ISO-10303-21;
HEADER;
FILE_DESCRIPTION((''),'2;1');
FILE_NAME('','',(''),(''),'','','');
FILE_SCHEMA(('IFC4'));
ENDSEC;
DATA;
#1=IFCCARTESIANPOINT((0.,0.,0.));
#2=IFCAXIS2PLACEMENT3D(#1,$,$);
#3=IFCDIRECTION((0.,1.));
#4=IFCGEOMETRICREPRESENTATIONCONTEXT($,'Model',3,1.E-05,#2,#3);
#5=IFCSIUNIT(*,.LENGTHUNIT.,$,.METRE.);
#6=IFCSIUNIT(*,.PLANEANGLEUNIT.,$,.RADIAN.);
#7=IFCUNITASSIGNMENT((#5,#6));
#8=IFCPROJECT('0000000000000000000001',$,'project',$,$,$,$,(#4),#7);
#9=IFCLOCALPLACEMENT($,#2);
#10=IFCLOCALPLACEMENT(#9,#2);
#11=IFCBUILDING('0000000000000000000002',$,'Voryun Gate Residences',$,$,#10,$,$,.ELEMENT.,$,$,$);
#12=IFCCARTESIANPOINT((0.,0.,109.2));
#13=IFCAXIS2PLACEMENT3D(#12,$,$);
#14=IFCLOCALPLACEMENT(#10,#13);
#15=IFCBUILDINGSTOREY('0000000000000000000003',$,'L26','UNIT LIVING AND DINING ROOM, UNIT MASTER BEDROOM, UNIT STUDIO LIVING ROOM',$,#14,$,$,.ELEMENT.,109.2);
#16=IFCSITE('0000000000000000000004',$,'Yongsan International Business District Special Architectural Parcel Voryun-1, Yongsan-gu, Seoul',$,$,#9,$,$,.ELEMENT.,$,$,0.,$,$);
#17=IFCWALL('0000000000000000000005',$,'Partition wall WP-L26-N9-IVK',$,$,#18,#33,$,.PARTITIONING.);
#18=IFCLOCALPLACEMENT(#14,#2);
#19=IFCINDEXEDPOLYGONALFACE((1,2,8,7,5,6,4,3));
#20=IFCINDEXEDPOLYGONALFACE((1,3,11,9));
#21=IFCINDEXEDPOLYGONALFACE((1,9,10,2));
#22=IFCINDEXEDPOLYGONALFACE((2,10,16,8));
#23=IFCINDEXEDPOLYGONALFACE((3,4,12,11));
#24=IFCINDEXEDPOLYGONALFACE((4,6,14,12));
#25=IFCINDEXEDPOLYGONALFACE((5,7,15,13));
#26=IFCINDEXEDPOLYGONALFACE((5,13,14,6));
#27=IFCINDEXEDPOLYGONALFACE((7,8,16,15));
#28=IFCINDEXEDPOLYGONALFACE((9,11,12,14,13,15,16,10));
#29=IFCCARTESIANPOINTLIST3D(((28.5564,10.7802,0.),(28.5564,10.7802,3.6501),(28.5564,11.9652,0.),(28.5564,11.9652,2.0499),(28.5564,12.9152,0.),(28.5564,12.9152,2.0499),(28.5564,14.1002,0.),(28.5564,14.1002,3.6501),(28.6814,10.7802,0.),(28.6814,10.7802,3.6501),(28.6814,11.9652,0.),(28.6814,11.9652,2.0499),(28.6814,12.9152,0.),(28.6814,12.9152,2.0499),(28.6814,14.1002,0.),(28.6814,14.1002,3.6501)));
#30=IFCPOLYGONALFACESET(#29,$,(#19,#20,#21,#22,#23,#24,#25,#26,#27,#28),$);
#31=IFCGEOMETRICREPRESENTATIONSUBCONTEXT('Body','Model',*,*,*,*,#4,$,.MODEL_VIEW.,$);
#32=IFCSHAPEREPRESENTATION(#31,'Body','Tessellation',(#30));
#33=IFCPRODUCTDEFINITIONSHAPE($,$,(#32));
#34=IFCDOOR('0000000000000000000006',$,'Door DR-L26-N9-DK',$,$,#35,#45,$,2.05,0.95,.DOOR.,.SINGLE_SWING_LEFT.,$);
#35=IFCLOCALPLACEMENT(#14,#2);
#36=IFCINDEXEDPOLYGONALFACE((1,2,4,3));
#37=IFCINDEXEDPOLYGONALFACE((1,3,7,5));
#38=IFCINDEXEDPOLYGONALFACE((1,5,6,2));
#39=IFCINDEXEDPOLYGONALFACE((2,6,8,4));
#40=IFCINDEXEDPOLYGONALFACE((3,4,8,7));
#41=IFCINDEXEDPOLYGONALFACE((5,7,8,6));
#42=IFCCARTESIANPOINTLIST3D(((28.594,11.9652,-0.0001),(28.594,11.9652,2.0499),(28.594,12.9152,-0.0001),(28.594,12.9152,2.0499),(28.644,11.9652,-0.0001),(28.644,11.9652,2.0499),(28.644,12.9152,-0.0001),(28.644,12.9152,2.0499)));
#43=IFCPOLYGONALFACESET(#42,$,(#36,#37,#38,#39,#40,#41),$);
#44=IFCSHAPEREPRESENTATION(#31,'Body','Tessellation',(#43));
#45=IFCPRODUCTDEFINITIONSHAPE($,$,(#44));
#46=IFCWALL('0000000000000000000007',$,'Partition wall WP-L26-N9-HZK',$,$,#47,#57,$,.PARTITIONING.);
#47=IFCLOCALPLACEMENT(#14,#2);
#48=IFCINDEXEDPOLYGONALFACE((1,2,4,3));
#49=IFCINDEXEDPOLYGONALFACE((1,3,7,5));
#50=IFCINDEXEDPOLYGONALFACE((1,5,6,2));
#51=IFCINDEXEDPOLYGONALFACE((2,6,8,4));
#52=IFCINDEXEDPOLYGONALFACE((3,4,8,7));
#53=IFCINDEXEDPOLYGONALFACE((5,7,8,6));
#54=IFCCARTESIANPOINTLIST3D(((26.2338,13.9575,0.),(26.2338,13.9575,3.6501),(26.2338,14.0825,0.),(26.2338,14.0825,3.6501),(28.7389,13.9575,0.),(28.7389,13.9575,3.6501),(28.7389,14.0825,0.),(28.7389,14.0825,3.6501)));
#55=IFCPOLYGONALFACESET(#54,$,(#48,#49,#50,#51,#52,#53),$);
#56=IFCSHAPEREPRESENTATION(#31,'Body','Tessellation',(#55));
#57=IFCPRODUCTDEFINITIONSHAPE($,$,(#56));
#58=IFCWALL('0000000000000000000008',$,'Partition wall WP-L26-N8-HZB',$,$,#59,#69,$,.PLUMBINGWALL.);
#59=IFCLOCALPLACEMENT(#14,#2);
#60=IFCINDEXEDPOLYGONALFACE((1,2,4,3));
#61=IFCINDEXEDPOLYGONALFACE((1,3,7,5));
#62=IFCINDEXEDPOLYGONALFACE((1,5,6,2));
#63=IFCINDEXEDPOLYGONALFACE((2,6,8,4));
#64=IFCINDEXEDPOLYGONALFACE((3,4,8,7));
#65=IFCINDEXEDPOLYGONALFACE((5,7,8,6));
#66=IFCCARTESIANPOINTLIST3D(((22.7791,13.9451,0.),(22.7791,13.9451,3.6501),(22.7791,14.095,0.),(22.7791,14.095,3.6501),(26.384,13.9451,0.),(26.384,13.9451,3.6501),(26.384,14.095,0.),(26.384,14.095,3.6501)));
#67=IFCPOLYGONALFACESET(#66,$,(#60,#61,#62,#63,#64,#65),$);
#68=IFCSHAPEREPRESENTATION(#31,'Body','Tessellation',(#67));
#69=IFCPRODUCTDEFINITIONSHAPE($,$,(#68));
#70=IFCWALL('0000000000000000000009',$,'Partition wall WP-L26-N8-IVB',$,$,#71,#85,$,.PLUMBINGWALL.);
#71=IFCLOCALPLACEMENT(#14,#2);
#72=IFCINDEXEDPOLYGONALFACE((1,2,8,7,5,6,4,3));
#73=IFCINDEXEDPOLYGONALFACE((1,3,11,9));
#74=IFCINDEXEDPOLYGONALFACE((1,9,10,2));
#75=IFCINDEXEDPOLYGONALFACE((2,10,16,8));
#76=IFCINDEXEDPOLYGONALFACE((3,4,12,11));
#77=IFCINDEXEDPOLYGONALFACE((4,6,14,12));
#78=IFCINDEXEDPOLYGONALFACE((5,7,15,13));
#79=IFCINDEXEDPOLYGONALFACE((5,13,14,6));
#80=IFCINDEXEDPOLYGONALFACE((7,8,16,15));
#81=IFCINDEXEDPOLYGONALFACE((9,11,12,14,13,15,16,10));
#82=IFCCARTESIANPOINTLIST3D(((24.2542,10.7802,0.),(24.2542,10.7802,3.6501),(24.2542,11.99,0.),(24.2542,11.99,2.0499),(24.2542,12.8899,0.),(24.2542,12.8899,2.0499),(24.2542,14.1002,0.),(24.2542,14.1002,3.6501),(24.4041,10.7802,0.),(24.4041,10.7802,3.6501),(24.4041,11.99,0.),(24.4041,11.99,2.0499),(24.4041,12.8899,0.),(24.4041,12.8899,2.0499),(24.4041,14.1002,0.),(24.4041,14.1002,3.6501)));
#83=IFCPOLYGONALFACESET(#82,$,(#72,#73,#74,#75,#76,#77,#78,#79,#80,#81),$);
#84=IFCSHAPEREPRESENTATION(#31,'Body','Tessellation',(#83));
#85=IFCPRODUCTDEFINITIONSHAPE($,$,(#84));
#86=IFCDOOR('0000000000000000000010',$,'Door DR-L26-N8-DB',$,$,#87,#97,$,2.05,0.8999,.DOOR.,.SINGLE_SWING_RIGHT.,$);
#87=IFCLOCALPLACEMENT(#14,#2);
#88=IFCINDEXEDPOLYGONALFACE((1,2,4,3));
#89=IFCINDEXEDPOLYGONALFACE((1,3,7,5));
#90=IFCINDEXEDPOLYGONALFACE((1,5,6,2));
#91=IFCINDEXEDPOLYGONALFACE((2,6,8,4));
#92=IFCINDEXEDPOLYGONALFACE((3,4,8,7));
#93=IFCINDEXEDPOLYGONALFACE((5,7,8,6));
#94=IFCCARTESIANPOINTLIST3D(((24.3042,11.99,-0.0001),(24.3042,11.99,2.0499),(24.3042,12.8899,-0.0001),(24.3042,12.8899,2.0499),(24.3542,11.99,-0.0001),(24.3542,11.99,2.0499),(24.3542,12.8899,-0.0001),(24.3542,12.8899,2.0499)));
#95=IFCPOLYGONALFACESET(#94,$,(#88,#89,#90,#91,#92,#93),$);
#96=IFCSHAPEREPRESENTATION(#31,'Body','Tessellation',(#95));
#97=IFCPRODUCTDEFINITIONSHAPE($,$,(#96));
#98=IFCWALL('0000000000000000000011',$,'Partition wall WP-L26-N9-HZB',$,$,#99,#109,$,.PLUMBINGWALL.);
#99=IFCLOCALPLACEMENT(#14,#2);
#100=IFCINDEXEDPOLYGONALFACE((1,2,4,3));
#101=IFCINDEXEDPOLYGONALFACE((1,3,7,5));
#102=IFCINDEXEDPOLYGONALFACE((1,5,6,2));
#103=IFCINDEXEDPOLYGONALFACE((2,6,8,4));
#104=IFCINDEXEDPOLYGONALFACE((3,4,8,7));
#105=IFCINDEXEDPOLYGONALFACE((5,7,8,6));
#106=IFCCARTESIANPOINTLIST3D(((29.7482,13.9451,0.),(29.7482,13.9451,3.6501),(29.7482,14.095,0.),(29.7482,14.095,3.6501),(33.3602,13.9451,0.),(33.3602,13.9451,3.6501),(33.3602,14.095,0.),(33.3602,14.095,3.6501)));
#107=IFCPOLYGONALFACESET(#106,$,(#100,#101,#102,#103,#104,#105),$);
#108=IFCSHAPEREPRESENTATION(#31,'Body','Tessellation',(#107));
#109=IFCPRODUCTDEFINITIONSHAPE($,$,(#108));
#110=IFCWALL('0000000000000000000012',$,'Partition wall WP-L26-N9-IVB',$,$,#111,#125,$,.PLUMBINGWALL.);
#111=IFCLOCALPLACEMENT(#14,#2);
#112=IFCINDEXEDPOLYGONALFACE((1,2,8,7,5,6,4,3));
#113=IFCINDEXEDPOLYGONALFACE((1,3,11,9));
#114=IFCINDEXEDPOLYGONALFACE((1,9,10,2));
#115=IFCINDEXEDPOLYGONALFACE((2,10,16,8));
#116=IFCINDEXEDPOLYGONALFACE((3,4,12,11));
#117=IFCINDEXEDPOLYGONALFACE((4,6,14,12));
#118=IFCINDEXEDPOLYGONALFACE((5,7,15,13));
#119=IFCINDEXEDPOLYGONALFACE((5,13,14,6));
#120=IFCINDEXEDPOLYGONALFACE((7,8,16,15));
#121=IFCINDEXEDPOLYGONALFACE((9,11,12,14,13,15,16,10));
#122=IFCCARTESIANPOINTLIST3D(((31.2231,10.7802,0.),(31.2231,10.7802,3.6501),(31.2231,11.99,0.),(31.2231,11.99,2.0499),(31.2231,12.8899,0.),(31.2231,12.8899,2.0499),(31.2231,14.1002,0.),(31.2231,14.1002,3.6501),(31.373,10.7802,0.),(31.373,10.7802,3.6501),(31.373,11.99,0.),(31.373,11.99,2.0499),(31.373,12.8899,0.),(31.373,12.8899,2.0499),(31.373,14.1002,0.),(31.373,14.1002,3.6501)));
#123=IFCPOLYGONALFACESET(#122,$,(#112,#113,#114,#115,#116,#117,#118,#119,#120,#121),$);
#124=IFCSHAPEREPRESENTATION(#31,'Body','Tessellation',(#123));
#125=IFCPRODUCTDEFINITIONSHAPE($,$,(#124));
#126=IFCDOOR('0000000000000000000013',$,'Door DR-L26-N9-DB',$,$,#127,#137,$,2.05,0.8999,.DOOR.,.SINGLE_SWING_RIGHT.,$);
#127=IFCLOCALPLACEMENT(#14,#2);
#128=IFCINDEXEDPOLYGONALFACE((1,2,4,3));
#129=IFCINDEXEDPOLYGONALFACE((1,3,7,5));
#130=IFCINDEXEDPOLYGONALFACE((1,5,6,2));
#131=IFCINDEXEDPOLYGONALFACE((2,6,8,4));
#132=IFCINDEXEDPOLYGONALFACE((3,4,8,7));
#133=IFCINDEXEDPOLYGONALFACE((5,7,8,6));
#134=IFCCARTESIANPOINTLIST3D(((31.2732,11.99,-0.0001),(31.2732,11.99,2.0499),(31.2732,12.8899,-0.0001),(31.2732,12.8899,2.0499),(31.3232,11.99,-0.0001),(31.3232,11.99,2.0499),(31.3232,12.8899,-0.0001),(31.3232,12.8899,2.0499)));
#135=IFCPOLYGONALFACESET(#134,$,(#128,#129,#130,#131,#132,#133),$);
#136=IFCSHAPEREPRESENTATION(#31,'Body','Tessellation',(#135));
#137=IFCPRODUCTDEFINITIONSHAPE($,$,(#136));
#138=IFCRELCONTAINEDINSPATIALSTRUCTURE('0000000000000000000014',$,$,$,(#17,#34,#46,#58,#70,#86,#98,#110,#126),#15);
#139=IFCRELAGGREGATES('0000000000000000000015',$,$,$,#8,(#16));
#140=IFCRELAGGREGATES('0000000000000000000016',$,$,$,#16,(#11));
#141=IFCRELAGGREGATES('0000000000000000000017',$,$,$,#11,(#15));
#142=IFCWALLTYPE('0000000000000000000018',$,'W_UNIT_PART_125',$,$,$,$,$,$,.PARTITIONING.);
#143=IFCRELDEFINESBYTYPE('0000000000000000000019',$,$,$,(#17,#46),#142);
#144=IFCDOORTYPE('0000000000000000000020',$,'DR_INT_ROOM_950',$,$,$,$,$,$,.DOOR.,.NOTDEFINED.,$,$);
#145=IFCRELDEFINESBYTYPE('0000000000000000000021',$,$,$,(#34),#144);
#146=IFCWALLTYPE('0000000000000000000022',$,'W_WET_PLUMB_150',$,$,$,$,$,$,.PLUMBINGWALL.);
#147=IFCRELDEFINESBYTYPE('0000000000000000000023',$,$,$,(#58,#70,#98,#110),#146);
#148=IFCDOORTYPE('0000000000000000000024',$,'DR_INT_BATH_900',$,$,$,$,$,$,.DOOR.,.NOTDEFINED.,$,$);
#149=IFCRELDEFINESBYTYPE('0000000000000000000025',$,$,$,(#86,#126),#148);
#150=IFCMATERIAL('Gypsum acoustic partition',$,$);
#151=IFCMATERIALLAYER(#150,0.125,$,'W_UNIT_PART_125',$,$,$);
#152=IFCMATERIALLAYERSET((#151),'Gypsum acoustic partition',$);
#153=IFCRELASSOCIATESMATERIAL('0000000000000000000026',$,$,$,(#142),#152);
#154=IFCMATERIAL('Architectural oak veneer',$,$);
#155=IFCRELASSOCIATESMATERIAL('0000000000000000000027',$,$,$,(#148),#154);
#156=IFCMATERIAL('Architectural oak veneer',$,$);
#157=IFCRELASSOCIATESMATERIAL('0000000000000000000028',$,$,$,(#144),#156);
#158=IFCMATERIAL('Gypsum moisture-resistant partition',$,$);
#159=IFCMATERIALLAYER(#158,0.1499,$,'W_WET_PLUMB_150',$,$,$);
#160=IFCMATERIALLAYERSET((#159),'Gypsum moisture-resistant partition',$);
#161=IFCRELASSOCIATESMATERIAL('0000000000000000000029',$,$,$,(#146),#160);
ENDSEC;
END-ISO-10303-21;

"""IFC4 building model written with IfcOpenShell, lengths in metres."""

from ifc_helpers import new_model, si_unit, direction, frame, frame_2d, origin, place, context, subcontext, project, spatial, rectangle, extrude, material, layer, layer_set, type_object, element, fill, save


model = new_model("IFC4")

# Units and contexts
model_context = context("Model", 3, precision=1e-05, world=origin(), true_north=direction((0.0, 1.0)))
body_context = subcontext(model_context, "Body", "Model", "MODEL_VIEW")
ifc_project = project(units=[si_unit("LENGTHUNIT", "METRE"), si_unit("PLANEANGLEUNIT", "RADIAN")], contexts=[model_context])

# Site, building, storey
site_placement = place(None, origin())
site = spatial("IfcSite", under=ifc_project, at=site_placement, Name="Yongsan International Business District Special Architectural Parcel Voryun-1, Yongsan-gu, Seoul", CompositionType="ELEMENT", RefElevation=0.0)
building_placement = place(site_placement, origin())
building = spatial("IfcBuilding", under=site, at=building_placement, Name="Voryun Gate Residences", CompositionType="ELEMENT")
storey_placement = place(building_placement, frame((0.0, 0.0, 109.2)))
storey = spatial("IfcBuildingStorey", under=building, at=storey_placement, Name="L26", Description="UNIT LIVING AND DINING ROOM, UNIT MASTER BEDROOM, UNIT STUDIO LIVING ROOM", CompositionType="ELEMENT", Elevation=109.2)

# Shared definitions
ifc_material_1 = material(Name="Gypsum acoustic partition")
ifc_layer_1 = layer(ifc_material_1, 0.125, Name="W_UNIT_PART_125")
ifc_layer_set_1 = layer_set([ifc_layer_1], Name="Gypsum acoustic partition")
wall_type_1 = type_object("IfcWallType", Name="W_UNIT_PART_125", PredefinedType="PARTITIONING", material=ifc_layer_set_1)
ifc_material_2 = material(Name="Architectural oak veneer")
door_type_1 = type_object("IfcDoorType", Name="DR_INT_BATH_900", OperationType="NOTDEFINED", PredefinedType="DOOR", material=ifc_material_2)

# Wall, opening, door
wall_1_placement = place(storey_placement, frame((28.6189, 10.78, 0.0), z_axis=(0.0, 0.0, 1.0), x_axis=(0.0, 1.0, 0.0)))
wall_1 = element("IfcWall", 1, at=wall_1_placement, inside=storey, type_object=wall_type_1, Name="Partition wall WP-L26-N9-IVK", PredefinedType="PARTITIONING", context=body_context, shape_type="SweptSolid", body=[
    extrude(rectangle(XDim=3.3201, YDim=0.125, at=frame_2d((1.6602, 0.0))), origin(), (0.0, 0.0, 1.0), 3.6501),
])
opening_1_placement = place(wall_1_placement, frame((1.1851, 0.0, 0.0)))
opening_1 = element("IfcOpeningElement", 2, at=opening_1_placement, cuts=wall_1, PredefinedType="OPENING", context=body_context, shape_type="SweptSolid", body=[
    extrude(rectangle(XDim=0.95, YDim=2.05, at=frame_2d((0.4751, 1.0249))), frame((0.0, 0.0725, 0.0), z_axis=(0.0, -1.0, 0.0), x_axis=(1.0, 0.0, 0.0)), (0.0, 0.0, 1.0), 0.145),
])
ifc_material_3 = material(Name="Architectural oak veneer")
door_type_2 = type_object("IfcDoorType", Name="DR_INT_ROOM_950", OperationType="NOTDEFINED", PredefinedType="DOOR", material=ifc_material_3)
door_1_placement = place(opening_1_placement, origin())
door_1 = element("IfcDoor", 3, at=door_1_placement, inside=storey, type_object=door_type_2, Name="Door DR-L26-N9-DK", OperationType="SINGLE_SWING_LEFT", OverallHeight=2.05, OverallWidth=0.95, PredefinedType="DOOR", context=body_context, shape_type="SweptSolid", body=[
    extrude(rectangle(XDim=0.95, YDim=2.05, at=frame_2d((0.4751, 1.0249))), frame((0.0, 0.0249, 0.0), z_axis=(0.0, -1.0, 0.0), x_axis=(1.0, 0.0, 0.0)), (0.0, 0.0, 1.0), 0.05),
])
fill(opening_1, door_1)

# Walls
wall_2_placement = place(storey_placement, frame((26.2339, 14.02, 0.0), z_axis=(0.0, 0.0, 1.0), x_axis=(1.0, 0.0, 0.0)))
element("IfcWall", 4, at=wall_2_placement, inside=storey, type_object=wall_type_1, Name="Partition wall WP-L26-N9-HZK", PredefinedType="PARTITIONING", context=body_context, shape_type="SweptSolid", body=[
    extrude(rectangle(XDim=2.5051, YDim=0.125, at=frame_2d((1.2524, 0.0))), origin(), (0.0, 0.0, 1.0), 3.6501),
])
ifc_material_4 = material(Name="Gypsum moisture-resistant partition")
ifc_layer_2 = layer(ifc_material_4, 0.1499, Name="W_WET_PLUMB_150")
ifc_layer_set_2 = layer_set([ifc_layer_2], Name="Gypsum moisture-resistant partition")
wall_type_2 = type_object("IfcWallType", Name="W_WET_PLUMB_150", PredefinedType="PLUMBINGWALL", material=ifc_layer_set_2)
wall_3_placement = place(storey_placement, frame((22.7791, 14.02, 0.0), z_axis=(0.0, 0.0, 1.0), x_axis=(1.0, 0.0, 0.0)))
element("IfcWall", 5, at=wall_3_placement, inside=storey, type_object=wall_type_2, Name="Partition wall WP-L26-N8-HZB", PredefinedType="PLUMBINGWALL", context=body_context, shape_type="SweptSolid", body=[
    extrude(rectangle(XDim=3.605, YDim=0.1499, at=frame_2d((1.8025, 0.0))), origin(), (0.0, 0.0, 1.0), 3.6501),
])

# Wall, opening, door
wall_4_placement = place(storey_placement, frame((24.3291, 10.78, 0.0), z_axis=(0.0, 0.0, 1.0), x_axis=(0.0, 1.0, 0.0)))
wall_4 = element("IfcWall", 6, at=wall_4_placement, inside=storey, type_object=wall_type_2, Name="Partition wall WP-L26-N8-IVB", PredefinedType="PLUMBINGWALL", context=body_context, shape_type="SweptSolid", body=[
    extrude(rectangle(XDim=3.3201, YDim=0.1499, at=frame_2d((1.6602, 0.0))), origin(), (0.0, 0.0, 1.0), 3.6501),
])
opening_2_placement = place(wall_4_placement, frame((1.21, 0.0, 0.0)))
opening_2 = element("IfcOpeningElement", 7, at=opening_2_placement, cuts=wall_4, PredefinedType="OPENING", context=body_context, shape_type="SweptSolid", body=[
    extrude(rectangle(XDim=0.8999, YDim=2.05, at=frame_2d((0.45, 1.0249))), frame((0.0, 0.085, 0.0), z_axis=(0.0, -1.0, 0.0), x_axis=(1.0, 0.0, 0.0)), (0.0, 0.0, 1.0), 0.1699),
])
door_2_placement = place(opening_2_placement, origin())
door_2 = element("IfcDoor", 8, at=door_2_placement, inside=storey, type_object=door_type_1, Name="Door DR-L26-N8-DB", OperationType="SINGLE_SWING_RIGHT", OverallHeight=2.05, OverallWidth=0.8999, PredefinedType="DOOR", context=body_context, shape_type="SweptSolid", body=[
    extrude(rectangle(XDim=0.8999, YDim=2.05, at=frame_2d((0.45, 1.0249))), frame((0.0, 0.0249, 0.0), z_axis=(0.0, -1.0, 0.0), x_axis=(1.0, 0.0, 0.0)), (0.0, 0.0, 1.0), 0.05),
])
fill(opening_2, door_2)

# Wall
wall_5_placement = place(storey_placement, frame((29.748, 14.02, 0.0), z_axis=(0.0, 0.0, 1.0), x_axis=(1.0, 0.0, 0.0)))
element("IfcWall", 9, at=wall_5_placement, inside=storey, type_object=wall_type_2, Name="Partition wall WP-L26-N9-HZB", PredefinedType="PLUMBINGWALL", context=body_context, shape_type="SweptSolid", body=[
    extrude(rectangle(XDim=3.6121, YDim=0.1499, at=frame_2d((1.8062, 0.0))), origin(), (0.0, 0.0, 1.0), 3.6501),
])

# Wall, opening, door
wall_6_placement = place(storey_placement, frame((31.2981, 10.78, 0.0), z_axis=(0.0, 0.0, 1.0), x_axis=(0.0, 1.0, 0.0)))
wall_6 = element("IfcWall", 10, at=wall_6_placement, inside=storey, type_object=wall_type_2, Name="Partition wall WP-L26-N9-IVB", PredefinedType="PLUMBINGWALL", context=body_context, shape_type="SweptSolid", body=[
    extrude(rectangle(XDim=3.3201, YDim=0.1499, at=frame_2d((1.6602, 0.0))), origin(), (0.0, 0.0, 1.0), 3.6501),
])
opening_3_placement = place(wall_6_placement, frame((1.21, 0.0, 0.0)))
opening_3 = element("IfcOpeningElement", 11, at=opening_3_placement, cuts=wall_6, PredefinedType="OPENING", context=body_context, shape_type="SweptSolid", body=[
    extrude(rectangle(XDim=0.8999, YDim=2.05, at=frame_2d((0.45, 1.0249))), frame((0.0, 0.085, 0.0), z_axis=(0.0, -1.0, 0.0), x_axis=(1.0, 0.0, 0.0)), (0.0, 0.0, 1.0), 0.1699),
])
door_3_placement = place(opening_3_placement, origin())
door_3 = element("IfcDoor", 12, at=door_3_placement, inside=storey, type_object=door_type_1, Name="Door DR-L26-N9-DB", OperationType="SINGLE_SWING_RIGHT", OverallHeight=2.05, OverallWidth=0.8999, PredefinedType="DOOR", context=body_context, shape_type="SweptSolid", body=[
    extrude(rectangle(XDim=0.8999, YDim=2.05, at=frame_2d((0.45, 1.0249))), frame((0.0, 0.0249, 0.0), z_axis=(0.0, -1.0, 0.0), x_axis=(1.0, 0.0, 0.0)), (0.0, 0.0, 1.0), 0.05),
])
fill(opening_3, door_3)

save(model, "model.ifc")
